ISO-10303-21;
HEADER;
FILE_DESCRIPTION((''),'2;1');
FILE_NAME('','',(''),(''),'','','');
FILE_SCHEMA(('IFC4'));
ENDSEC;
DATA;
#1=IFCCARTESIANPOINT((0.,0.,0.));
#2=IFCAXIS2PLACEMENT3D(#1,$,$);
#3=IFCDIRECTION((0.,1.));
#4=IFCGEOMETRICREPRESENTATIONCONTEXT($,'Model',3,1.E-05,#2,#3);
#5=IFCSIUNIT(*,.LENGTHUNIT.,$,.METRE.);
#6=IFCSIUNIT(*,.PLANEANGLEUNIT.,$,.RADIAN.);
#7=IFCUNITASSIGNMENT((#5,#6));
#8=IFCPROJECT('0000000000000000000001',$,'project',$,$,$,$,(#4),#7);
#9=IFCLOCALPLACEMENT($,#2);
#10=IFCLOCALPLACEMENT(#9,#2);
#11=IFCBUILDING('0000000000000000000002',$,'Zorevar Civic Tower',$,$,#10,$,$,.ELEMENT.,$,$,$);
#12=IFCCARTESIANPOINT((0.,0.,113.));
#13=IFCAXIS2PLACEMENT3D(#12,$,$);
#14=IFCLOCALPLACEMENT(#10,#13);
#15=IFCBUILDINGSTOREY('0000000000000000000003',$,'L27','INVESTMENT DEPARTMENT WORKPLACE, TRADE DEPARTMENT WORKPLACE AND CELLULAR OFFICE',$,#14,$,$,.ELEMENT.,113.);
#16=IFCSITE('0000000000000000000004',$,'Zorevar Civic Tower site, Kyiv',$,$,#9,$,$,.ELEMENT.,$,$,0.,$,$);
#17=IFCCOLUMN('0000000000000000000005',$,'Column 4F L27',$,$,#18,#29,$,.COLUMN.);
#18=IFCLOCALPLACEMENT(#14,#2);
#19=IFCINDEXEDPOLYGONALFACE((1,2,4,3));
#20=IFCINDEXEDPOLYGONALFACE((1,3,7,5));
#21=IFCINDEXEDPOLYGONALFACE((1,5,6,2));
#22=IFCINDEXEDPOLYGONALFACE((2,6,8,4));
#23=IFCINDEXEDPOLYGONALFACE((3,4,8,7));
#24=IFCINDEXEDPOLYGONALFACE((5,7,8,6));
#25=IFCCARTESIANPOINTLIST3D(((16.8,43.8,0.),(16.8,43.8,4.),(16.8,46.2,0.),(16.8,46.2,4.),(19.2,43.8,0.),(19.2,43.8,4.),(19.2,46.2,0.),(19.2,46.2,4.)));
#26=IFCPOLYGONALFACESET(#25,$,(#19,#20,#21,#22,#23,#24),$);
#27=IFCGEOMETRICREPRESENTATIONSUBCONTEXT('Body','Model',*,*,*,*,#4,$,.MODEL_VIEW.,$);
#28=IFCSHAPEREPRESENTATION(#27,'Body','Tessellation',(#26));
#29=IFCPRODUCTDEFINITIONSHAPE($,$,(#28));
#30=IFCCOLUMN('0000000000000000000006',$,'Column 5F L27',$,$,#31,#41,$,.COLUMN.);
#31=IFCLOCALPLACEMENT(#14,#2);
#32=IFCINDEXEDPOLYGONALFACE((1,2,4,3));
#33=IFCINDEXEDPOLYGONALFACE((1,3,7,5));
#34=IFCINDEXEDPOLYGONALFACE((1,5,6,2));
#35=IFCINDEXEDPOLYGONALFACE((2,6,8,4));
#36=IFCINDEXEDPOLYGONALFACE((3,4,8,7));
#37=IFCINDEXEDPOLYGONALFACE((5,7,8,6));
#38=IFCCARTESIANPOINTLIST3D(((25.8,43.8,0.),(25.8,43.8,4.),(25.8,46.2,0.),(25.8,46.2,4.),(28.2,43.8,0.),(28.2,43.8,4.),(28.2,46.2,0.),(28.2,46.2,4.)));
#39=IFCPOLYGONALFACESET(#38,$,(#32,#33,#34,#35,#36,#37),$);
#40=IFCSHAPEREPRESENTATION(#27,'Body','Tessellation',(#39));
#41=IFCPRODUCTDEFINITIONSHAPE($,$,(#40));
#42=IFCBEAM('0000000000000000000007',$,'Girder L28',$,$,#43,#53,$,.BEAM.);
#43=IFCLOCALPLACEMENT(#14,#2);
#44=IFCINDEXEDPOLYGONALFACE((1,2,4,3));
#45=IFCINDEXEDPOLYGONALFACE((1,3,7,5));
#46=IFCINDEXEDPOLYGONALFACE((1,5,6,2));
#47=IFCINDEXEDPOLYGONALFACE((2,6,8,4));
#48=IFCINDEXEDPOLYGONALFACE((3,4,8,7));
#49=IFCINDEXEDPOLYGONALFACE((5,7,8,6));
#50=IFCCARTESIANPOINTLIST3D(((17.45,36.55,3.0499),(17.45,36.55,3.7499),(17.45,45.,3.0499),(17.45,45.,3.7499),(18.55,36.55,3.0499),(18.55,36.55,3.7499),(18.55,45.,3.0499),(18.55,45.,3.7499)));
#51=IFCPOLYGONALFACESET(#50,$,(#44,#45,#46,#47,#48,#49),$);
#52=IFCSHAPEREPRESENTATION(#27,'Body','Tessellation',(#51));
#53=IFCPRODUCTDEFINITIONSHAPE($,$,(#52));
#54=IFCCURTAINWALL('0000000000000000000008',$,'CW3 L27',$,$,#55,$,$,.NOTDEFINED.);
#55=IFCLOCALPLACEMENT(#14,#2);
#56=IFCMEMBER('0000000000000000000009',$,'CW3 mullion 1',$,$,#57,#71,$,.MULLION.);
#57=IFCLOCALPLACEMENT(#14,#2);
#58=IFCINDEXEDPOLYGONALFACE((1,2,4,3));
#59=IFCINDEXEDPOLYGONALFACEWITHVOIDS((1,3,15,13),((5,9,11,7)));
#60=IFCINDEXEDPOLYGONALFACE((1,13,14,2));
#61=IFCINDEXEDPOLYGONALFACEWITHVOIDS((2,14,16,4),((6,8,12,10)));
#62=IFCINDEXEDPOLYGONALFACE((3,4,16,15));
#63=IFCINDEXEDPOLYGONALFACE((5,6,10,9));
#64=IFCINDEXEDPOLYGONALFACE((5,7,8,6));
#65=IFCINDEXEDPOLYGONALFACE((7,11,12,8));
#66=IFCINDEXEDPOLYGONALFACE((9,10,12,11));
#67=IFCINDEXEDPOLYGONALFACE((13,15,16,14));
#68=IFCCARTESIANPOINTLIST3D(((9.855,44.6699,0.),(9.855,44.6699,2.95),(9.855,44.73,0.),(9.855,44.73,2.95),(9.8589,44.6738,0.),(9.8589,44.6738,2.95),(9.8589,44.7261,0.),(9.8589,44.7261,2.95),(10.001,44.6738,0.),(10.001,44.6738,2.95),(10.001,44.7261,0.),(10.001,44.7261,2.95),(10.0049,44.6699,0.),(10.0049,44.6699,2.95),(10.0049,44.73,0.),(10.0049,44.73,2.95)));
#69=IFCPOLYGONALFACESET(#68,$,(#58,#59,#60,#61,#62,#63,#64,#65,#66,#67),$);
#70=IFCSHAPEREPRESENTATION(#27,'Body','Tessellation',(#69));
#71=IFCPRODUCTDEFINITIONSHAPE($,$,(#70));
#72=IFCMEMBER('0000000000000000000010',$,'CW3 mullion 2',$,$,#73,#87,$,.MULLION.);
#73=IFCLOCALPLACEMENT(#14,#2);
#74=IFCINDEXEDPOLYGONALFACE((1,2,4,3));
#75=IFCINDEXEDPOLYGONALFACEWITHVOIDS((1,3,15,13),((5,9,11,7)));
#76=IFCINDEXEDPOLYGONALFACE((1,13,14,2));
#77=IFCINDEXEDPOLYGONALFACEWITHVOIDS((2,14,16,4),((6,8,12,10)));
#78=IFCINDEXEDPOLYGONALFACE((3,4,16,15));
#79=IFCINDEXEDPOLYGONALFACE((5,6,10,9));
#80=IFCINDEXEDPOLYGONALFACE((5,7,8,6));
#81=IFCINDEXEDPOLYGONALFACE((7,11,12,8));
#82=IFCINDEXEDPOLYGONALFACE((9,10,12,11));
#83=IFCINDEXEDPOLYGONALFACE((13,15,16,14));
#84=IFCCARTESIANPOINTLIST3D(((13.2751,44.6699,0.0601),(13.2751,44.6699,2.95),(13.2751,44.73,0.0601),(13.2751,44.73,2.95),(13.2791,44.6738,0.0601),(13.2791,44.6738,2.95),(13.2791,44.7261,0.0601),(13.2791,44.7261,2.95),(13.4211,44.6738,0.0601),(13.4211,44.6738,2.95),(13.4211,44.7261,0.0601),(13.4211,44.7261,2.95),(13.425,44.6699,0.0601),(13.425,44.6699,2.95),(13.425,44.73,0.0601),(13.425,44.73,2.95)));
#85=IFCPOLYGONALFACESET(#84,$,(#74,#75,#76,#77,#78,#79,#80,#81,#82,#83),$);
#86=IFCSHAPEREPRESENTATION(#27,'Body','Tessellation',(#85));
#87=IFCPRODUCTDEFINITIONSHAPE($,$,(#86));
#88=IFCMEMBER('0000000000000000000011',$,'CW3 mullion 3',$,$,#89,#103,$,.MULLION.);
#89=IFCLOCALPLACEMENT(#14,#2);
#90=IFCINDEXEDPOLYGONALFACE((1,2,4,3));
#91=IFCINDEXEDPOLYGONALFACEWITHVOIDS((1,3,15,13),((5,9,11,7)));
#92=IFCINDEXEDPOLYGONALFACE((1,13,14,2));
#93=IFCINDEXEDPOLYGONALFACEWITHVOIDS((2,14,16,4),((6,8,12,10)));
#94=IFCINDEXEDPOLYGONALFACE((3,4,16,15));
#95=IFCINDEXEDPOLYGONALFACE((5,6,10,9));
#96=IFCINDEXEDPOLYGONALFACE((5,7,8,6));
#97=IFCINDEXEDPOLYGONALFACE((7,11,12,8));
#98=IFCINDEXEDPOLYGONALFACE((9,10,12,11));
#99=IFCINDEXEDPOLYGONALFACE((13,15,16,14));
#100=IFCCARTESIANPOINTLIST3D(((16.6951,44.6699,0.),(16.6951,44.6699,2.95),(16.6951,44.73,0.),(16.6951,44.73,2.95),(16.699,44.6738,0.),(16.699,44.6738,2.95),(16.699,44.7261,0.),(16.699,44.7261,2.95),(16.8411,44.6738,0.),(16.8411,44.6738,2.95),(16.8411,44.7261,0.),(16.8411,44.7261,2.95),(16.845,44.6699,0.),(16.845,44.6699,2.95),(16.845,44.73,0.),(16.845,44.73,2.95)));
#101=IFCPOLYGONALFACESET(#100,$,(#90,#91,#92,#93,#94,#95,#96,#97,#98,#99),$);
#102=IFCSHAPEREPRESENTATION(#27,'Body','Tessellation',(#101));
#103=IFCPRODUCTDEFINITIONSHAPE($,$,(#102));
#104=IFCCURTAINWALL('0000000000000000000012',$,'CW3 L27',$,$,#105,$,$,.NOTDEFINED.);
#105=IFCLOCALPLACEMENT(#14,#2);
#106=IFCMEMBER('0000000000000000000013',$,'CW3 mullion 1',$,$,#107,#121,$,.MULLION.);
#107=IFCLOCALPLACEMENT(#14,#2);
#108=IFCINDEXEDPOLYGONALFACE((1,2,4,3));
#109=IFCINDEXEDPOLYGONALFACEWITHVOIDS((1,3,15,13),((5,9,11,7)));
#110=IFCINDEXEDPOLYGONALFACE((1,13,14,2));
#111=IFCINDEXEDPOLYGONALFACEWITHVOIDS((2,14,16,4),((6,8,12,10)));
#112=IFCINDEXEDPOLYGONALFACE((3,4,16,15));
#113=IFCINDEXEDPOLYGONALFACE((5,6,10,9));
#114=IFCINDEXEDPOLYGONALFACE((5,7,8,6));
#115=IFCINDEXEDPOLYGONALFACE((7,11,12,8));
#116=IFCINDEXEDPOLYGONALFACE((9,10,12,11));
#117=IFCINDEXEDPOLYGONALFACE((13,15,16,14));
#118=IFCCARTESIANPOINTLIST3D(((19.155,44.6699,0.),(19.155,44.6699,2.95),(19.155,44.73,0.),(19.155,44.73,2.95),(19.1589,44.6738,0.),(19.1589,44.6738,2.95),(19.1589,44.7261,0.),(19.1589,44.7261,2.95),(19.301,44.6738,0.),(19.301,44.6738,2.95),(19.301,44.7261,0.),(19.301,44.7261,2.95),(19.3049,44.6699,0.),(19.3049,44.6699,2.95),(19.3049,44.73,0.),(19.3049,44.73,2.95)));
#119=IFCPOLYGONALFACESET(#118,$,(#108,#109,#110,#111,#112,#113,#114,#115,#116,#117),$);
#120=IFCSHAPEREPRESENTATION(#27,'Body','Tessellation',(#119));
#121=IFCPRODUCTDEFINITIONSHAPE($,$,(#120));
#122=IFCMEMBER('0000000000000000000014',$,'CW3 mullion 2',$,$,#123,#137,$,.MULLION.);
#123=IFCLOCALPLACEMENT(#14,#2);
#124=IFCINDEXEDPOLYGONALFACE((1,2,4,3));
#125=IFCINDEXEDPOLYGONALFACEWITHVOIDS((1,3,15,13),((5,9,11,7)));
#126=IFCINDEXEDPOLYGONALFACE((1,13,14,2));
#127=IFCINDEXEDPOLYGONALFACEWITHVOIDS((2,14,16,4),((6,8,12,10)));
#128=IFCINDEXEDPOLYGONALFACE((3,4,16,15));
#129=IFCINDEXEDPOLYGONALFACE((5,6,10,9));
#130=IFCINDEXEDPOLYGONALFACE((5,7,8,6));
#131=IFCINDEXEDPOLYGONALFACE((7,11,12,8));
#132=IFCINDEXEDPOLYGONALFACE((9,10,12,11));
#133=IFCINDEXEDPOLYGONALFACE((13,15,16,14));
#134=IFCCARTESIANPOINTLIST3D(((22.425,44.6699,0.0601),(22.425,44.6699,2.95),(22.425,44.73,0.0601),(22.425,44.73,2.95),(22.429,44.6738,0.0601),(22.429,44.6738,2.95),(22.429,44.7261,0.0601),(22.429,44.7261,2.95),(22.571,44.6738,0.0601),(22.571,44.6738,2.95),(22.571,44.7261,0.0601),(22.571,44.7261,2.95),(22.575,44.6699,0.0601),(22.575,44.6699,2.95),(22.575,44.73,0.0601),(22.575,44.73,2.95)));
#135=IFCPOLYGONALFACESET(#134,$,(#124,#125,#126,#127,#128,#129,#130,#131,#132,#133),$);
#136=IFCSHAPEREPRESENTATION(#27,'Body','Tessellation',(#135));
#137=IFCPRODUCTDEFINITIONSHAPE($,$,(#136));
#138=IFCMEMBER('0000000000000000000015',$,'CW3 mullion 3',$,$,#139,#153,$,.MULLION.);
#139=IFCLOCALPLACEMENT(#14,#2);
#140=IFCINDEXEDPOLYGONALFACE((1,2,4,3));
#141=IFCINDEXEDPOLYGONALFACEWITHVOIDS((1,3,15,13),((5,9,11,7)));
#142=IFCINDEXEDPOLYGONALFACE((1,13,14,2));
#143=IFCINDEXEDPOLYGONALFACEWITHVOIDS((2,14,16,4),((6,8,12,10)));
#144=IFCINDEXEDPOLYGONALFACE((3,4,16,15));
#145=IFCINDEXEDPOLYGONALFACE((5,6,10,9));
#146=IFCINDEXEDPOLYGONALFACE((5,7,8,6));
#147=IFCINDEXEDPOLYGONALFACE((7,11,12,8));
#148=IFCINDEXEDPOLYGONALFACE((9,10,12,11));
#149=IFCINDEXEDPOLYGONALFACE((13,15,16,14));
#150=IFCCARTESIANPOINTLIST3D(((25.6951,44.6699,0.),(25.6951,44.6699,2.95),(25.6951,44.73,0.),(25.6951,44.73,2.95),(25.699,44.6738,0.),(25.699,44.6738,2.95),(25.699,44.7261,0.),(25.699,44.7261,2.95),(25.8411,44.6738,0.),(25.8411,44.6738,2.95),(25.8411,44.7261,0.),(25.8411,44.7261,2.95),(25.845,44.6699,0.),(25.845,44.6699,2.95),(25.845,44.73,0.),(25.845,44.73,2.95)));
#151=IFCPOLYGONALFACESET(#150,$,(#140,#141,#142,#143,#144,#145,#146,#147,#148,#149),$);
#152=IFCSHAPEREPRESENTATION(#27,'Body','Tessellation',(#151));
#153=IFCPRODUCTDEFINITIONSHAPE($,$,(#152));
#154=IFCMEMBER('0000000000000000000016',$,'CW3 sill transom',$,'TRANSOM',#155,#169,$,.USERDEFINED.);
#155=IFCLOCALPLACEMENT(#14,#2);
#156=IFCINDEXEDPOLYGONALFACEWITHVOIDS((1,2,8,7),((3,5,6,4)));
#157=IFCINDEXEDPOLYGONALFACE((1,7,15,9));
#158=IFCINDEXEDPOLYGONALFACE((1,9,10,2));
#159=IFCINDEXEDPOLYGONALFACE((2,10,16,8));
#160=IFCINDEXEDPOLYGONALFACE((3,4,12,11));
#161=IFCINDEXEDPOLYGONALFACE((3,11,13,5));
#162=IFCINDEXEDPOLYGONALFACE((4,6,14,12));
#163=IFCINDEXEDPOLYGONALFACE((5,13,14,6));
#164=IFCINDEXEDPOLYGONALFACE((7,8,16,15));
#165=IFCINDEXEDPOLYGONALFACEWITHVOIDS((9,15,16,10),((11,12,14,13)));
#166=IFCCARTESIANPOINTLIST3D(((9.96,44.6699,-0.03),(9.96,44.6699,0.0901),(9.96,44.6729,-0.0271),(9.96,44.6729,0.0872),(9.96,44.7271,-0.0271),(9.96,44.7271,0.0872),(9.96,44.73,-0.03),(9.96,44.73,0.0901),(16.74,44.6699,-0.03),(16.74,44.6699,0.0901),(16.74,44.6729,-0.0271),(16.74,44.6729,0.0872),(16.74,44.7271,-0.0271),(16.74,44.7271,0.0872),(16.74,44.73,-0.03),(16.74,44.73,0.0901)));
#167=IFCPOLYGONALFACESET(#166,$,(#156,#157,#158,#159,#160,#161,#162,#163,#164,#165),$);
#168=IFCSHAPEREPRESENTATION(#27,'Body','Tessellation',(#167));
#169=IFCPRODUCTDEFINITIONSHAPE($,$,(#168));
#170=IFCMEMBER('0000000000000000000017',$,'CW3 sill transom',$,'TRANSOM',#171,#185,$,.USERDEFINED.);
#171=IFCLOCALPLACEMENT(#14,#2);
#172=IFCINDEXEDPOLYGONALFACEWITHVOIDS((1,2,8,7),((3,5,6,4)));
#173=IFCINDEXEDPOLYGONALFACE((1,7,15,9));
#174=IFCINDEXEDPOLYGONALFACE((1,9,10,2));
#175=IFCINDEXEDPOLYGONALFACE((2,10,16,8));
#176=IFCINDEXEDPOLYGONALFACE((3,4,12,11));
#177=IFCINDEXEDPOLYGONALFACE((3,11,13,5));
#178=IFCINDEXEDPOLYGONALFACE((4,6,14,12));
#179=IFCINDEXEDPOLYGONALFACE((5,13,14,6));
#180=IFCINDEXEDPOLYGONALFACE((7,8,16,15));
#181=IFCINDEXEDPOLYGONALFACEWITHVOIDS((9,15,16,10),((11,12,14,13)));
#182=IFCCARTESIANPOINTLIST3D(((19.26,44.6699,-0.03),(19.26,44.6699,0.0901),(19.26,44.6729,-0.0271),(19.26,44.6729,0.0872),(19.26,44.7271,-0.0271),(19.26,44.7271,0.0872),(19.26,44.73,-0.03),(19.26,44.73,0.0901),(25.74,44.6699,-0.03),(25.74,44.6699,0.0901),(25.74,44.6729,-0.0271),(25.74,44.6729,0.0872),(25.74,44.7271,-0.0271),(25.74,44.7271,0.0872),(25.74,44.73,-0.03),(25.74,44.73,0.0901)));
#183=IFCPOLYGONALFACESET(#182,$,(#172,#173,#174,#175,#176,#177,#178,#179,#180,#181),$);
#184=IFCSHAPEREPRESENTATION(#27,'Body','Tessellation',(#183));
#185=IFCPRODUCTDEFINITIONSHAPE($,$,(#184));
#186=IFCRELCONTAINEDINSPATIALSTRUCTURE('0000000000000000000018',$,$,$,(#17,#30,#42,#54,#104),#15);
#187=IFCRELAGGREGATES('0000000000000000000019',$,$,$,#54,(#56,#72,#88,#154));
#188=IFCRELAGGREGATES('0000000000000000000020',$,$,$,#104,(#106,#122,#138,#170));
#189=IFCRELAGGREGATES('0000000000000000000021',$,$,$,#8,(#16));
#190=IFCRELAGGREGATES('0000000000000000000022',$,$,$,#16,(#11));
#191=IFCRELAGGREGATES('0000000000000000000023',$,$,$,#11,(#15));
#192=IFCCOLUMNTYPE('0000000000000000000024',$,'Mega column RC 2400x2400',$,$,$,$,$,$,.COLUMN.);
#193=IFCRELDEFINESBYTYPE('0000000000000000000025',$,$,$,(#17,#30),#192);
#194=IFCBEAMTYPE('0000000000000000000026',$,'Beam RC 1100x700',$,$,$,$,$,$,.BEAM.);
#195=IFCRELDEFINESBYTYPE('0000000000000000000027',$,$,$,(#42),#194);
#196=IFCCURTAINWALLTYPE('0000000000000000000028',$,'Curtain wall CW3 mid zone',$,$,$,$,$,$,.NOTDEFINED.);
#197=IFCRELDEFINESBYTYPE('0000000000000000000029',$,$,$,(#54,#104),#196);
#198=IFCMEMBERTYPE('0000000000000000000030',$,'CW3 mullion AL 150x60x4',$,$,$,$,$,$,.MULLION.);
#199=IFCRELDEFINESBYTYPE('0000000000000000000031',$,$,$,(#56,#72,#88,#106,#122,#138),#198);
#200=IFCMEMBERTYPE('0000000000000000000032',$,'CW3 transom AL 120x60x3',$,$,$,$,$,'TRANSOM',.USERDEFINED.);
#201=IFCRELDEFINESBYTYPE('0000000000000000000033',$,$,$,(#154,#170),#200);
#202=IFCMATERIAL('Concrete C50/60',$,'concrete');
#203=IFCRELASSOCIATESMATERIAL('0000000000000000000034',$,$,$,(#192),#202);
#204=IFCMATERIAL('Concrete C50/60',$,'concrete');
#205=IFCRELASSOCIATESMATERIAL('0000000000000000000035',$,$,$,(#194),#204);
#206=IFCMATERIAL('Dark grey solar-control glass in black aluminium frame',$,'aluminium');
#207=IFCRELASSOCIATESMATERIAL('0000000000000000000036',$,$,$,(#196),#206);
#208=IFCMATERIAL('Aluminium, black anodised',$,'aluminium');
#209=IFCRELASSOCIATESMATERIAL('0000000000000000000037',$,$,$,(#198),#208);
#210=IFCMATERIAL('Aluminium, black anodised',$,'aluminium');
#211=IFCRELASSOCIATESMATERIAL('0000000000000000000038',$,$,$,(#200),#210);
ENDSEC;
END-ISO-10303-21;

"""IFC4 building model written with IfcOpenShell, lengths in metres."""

from ifc_helpers import new_model, si_unit, direction, frame, origin, origin_2d, place, context, subcontext, project, spatial, rectangle, hollow_rectangle, extrude, material, material_profile, profile_set, type_object, element, aggregate, save


model = new_model("IFC4")

# Units and contexts
model_context = context("Model", 3, precision=1e-05, world=origin(), true_north=direction((0.0, 1.0)))
body_context = subcontext(model_context, "Body", "Model", "MODEL_VIEW")
ifc_project = project(units=[si_unit("LENGTHUNIT", "METRE"), si_unit("PLANEANGLEUNIT", "RADIAN")], contexts=[model_context])

# Site, building, storey
site_placement = place(None, origin())
site = spatial("IfcSite", under=ifc_project, at=site_placement, Name="Zorevar Civic Tower site, Kyiv", CompositionType="ELEMENT", RefElevation=0.0)
building_placement = place(site_placement, origin())
building = spatial("IfcBuilding", under=site, at=building_placement, Name="Zorevar Civic Tower", CompositionType="ELEMENT")
storey_placement = place(building_placement, frame((0.0, 0.0, 113.0)))
storey = spatial("IfcBuildingStorey", under=building, at=storey_placement, Name="L27", Description="INVESTMENT DEPARTMENT WORKPLACE, TRADE DEPARTMENT WORKPLACE AND CELLULAR OFFICE", CompositionType="ELEMENT", Elevation=113.0)

# Columns
ifc_material_1 = material(Name="Concrete C50/60", Category="concrete")
ifc_material_profile_1 = material_profile(ifc_material_1, rectangle(XDim=2.3999, YDim=2.3999, at=origin_2d()), Name="RC 2400x2400")
ifc_profile_set_1 = profile_set([ifc_material_profile_1], Name="Concrete C50/60")
column_type = type_object("IfcColumnType", Name="Mega column RC 2400x2400", PredefinedType="COLUMN", material=ifc_profile_set_1)
for number, where, z_axis, x_axis, name in (
    (1, (18.0, 45.0, 0.0), (0.0, 0.0, 1.0), (1.0, 0.0, 0.0), "Column 4F L27"),
    (2, (27.0, 45.0, 0.0), (0.0, 0.0, 1.0), (1.0, 0.0, 0.0), "Column 5F L27"),
):
    element("IfcColumn", number, at=place(storey_placement, frame(where, z_axis=z_axis, x_axis=x_axis)), inside=storey, type_object=column_type, Name=name, PredefinedType="COLUMN", context=body_context, shape_type="SweptSolid", body=[
        extrude(rectangle(XDim=2.3999, YDim=2.3999, at=origin_2d()), origin(), (0.0, 0.0, 1.0), 4.0),
    ])

# Beam
ifc_material_2 = material(Name="Concrete C50/60", Category="concrete")
ifc_material_profile_2 = material_profile(ifc_material_2, rectangle(XDim=1.1001, YDim=0.7, at=origin_2d()), Name="RC 1100x700")
ifc_profile_set_2 = profile_set([ifc_material_profile_2], Name="Concrete C50/60")
beam_type_1 = type_object("IfcBeamType", Name="Beam RC 1100x700", PredefinedType="BEAM", material=ifc_profile_set_2)
beam_1_placement = place(storey_placement, frame((18.0, 36.55, 3.3999), z_axis=(0.0, 1.0, 0.0), x_axis=(-1.0, 0.0, 0.0)))
element("IfcBeam", 3, at=beam_1_placement, inside=storey, type_object=beam_type_1, Name="Girder L28", PredefinedType="BEAM", context=body_context, shape_type="SweptSolid", body=[
    extrude(rectangle(XDim=1.1001, YDim=0.7, at=origin_2d()), origin(), (0.0, 0.0, 1.0), 8.45),
])

# Curtain walls, members
ifc_material_3 = material(Name="Dark grey solar-control glass in black aluminium frame", Category="aluminium")
curtain_wall_type = type_object("IfcCurtainWallType", Name="Curtain wall CW3 mid zone", PredefinedType="NOTDEFINED", material=ifc_material_3)
curtain_wall_1_placement = place(storey_placement, origin())
curtain_wall_1 = element("IfcCurtainWall", 4, at=curtain_wall_1_placement, inside=storey, type_object=curtain_wall_type, Name="CW3 L27", PredefinedType="NOTDEFINED")
ifc_material_4 = material(Name="Aluminium, black anodised", Category="aluminium")
ifc_material_profile_3 = material_profile(ifc_material_4, hollow_rectangle(XDim=0.0601, YDim=0.1499, WallThickness=0.0039, at=origin_2d()), Name="AL 150x60x4")
ifc_profile_set_3 = profile_set([ifc_material_profile_3], Name="Aluminium, black anodised")
member_type_1 = type_object("IfcMemberType", Name="CW3 mullion AL 150x60x4", PredefinedType="MULLION", material=ifc_profile_set_3)
member_1_placement = place(storey_placement, frame((9.9299, 44.7, 0.0), z_axis=(0.0, 0.0, 1.0), x_axis=(0.0, 1.0, 0.0)))
member_1 = element("IfcMember", 5, at=member_1_placement, type_object=member_type_1, Name="CW3 mullion 1", PredefinedType="MULLION", context=body_context, shape_type="SweptSolid", body=[
    extrude(hollow_rectangle(XDim=0.0601, YDim=0.1499, WallThickness=0.0039, at=origin_2d()), origin(), (0.0, 0.0, 1.0), 2.95),
])
member_2_placement = place(storey_placement, frame((13.3501, 44.7, 0.0601), z_axis=(0.0, 0.0, 1.0), x_axis=(0.0, 1.0, 0.0)))
member_2 = element("IfcMember", 6, at=member_2_placement, type_object=member_type_1, Name="CW3 mullion 2", PredefinedType="MULLION", context=body_context, shape_type="SweptSolid", body=[
    extrude(hollow_rectangle(XDim=0.0601, YDim=0.1499, WallThickness=0.0039, at=origin_2d()), origin(), (0.0, 0.0, 1.0), 2.8899),
])
member_3_placement = place(storey_placement, frame((16.77, 44.7, 0.0), z_axis=(0.0, 0.0, 1.0), x_axis=(0.0, 1.0, 0.0)))
member_3 = element("IfcMember", 7, at=member_3_placement, type_object=member_type_1, Name="CW3 mullion 3", PredefinedType="MULLION", context=body_context, shape_type="SweptSolid", body=[
    extrude(hollow_rectangle(XDim=0.0601, YDim=0.1499, WallThickness=0.0039, at=origin_2d()), origin(), (0.0, 0.0, 1.0), 2.95),
])
curtain_wall_2_placement = place(storey_placement, origin())
curtain_wall_2 = element("IfcCurtainWall", 8, at=curtain_wall_2_placement, inside=storey, type_object=curtain_wall_type, Name="CW3 L27", PredefinedType="NOTDEFINED")
member_4_placement = place(storey_placement, frame((19.23, 44.7, 0.0), z_axis=(0.0, 0.0, 1.0), x_axis=(0.0, 1.0, 0.0)))
member_4 = element("IfcMember", 9, at=member_4_placement, type_object=member_type_1, Name="CW3 mullion 1", PredefinedType="MULLION", context=body_context, shape_type="SweptSolid", body=[
    extrude(hollow_rectangle(XDim=0.0601, YDim=0.1499, WallThickness=0.0039, at=origin_2d()), origin(), (0.0, 0.0, 1.0), 2.95),
])
member_5_placement = place(storey_placement, frame((22.5, 44.7, 0.0601), z_axis=(0.0, 0.0, 1.0), x_axis=(0.0, 1.0, 0.0)))
member_5 = element("IfcMember", 10, at=member_5_placement, type_object=member_type_1, Name="CW3 mullion 2", PredefinedType="MULLION", context=body_context, shape_type="SweptSolid", body=[
    extrude(hollow_rectangle(XDim=0.0601, YDim=0.1499, WallThickness=0.0039, at=origin_2d()), origin(), (0.0, 0.0, 1.0), 2.8899),
])
member_6_placement = place(storey_placement, frame((25.77, 44.7, 0.0), z_axis=(0.0, 0.0, 1.0), x_axis=(0.0, 1.0, 0.0)))
member_6 = element("IfcMember", 11, at=member_6_placement, type_object=member_type_1, Name="CW3 mullion 3", PredefinedType="MULLION", context=body_context, shape_type="SweptSolid", body=[
    extrude(hollow_rectangle(XDim=0.0601, YDim=0.1499, WallThickness=0.0039, at=origin_2d()), origin(), (0.0, 0.0, 1.0), 2.95),
])

# Members
ifc_material_5 = material(Name="Aluminium, black anodised", Category="aluminium")
ifc_material_profile_4 = material_profile(ifc_material_5, hollow_rectangle(XDim=0.0601, YDim=0.1201, WallThickness=0.0029, at=origin_2d()), Name="AL 120x60x3")
ifc_profile_set_4 = profile_set([ifc_material_profile_4], Name="Aluminium, black anodised")
member_type_2 = type_object("IfcMemberType", Name="CW3 transom AL 120x60x3", ElementType="TRANSOM", PredefinedType="USERDEFINED", material=ifc_profile_set_4)
member_7_placement = place(storey_placement, frame((9.96, 44.7, 0.03), z_axis=(1.0, 0.0, 0.0), x_axis=(0.0, 1.0, 0.0)))
member_7 = element("IfcMember", 12, at=member_7_placement, type_object=member_type_2, Name="CW3 sill transom", ObjectType="TRANSOM", PredefinedType="USERDEFINED", context=body_context, shape_type="SweptSolid", body=[
    extrude(hollow_rectangle(XDim=0.0601, YDim=0.1201, WallThickness=0.0029, at=origin_2d()), origin(), (0.0, 0.0, 1.0), 6.78),
])
member_8_placement = place(storey_placement, frame((19.26, 44.7, 0.03), z_axis=(1.0, 0.0, 0.0), x_axis=(0.0, 1.0, 0.0)))
member_8 = element("IfcMember", 13, at=member_8_placement, type_object=member_type_2, Name="CW3 sill transom", ObjectType="TRANSOM", PredefinedType="USERDEFINED", context=body_context, shape_type="SweptSolid", body=[
    extrude(hollow_rectangle(XDim=0.0601, YDim=0.1201, WallThickness=0.0029, at=origin_2d()), origin(), (0.0, 0.0, 1.0), 6.48),
])

aggregate(curtain_wall_1, [member_1, member_2, member_3, member_7])
aggregate(curtain_wall_2, [member_4, member_5, member_6, member_8])

save(model, "model.ifc")
